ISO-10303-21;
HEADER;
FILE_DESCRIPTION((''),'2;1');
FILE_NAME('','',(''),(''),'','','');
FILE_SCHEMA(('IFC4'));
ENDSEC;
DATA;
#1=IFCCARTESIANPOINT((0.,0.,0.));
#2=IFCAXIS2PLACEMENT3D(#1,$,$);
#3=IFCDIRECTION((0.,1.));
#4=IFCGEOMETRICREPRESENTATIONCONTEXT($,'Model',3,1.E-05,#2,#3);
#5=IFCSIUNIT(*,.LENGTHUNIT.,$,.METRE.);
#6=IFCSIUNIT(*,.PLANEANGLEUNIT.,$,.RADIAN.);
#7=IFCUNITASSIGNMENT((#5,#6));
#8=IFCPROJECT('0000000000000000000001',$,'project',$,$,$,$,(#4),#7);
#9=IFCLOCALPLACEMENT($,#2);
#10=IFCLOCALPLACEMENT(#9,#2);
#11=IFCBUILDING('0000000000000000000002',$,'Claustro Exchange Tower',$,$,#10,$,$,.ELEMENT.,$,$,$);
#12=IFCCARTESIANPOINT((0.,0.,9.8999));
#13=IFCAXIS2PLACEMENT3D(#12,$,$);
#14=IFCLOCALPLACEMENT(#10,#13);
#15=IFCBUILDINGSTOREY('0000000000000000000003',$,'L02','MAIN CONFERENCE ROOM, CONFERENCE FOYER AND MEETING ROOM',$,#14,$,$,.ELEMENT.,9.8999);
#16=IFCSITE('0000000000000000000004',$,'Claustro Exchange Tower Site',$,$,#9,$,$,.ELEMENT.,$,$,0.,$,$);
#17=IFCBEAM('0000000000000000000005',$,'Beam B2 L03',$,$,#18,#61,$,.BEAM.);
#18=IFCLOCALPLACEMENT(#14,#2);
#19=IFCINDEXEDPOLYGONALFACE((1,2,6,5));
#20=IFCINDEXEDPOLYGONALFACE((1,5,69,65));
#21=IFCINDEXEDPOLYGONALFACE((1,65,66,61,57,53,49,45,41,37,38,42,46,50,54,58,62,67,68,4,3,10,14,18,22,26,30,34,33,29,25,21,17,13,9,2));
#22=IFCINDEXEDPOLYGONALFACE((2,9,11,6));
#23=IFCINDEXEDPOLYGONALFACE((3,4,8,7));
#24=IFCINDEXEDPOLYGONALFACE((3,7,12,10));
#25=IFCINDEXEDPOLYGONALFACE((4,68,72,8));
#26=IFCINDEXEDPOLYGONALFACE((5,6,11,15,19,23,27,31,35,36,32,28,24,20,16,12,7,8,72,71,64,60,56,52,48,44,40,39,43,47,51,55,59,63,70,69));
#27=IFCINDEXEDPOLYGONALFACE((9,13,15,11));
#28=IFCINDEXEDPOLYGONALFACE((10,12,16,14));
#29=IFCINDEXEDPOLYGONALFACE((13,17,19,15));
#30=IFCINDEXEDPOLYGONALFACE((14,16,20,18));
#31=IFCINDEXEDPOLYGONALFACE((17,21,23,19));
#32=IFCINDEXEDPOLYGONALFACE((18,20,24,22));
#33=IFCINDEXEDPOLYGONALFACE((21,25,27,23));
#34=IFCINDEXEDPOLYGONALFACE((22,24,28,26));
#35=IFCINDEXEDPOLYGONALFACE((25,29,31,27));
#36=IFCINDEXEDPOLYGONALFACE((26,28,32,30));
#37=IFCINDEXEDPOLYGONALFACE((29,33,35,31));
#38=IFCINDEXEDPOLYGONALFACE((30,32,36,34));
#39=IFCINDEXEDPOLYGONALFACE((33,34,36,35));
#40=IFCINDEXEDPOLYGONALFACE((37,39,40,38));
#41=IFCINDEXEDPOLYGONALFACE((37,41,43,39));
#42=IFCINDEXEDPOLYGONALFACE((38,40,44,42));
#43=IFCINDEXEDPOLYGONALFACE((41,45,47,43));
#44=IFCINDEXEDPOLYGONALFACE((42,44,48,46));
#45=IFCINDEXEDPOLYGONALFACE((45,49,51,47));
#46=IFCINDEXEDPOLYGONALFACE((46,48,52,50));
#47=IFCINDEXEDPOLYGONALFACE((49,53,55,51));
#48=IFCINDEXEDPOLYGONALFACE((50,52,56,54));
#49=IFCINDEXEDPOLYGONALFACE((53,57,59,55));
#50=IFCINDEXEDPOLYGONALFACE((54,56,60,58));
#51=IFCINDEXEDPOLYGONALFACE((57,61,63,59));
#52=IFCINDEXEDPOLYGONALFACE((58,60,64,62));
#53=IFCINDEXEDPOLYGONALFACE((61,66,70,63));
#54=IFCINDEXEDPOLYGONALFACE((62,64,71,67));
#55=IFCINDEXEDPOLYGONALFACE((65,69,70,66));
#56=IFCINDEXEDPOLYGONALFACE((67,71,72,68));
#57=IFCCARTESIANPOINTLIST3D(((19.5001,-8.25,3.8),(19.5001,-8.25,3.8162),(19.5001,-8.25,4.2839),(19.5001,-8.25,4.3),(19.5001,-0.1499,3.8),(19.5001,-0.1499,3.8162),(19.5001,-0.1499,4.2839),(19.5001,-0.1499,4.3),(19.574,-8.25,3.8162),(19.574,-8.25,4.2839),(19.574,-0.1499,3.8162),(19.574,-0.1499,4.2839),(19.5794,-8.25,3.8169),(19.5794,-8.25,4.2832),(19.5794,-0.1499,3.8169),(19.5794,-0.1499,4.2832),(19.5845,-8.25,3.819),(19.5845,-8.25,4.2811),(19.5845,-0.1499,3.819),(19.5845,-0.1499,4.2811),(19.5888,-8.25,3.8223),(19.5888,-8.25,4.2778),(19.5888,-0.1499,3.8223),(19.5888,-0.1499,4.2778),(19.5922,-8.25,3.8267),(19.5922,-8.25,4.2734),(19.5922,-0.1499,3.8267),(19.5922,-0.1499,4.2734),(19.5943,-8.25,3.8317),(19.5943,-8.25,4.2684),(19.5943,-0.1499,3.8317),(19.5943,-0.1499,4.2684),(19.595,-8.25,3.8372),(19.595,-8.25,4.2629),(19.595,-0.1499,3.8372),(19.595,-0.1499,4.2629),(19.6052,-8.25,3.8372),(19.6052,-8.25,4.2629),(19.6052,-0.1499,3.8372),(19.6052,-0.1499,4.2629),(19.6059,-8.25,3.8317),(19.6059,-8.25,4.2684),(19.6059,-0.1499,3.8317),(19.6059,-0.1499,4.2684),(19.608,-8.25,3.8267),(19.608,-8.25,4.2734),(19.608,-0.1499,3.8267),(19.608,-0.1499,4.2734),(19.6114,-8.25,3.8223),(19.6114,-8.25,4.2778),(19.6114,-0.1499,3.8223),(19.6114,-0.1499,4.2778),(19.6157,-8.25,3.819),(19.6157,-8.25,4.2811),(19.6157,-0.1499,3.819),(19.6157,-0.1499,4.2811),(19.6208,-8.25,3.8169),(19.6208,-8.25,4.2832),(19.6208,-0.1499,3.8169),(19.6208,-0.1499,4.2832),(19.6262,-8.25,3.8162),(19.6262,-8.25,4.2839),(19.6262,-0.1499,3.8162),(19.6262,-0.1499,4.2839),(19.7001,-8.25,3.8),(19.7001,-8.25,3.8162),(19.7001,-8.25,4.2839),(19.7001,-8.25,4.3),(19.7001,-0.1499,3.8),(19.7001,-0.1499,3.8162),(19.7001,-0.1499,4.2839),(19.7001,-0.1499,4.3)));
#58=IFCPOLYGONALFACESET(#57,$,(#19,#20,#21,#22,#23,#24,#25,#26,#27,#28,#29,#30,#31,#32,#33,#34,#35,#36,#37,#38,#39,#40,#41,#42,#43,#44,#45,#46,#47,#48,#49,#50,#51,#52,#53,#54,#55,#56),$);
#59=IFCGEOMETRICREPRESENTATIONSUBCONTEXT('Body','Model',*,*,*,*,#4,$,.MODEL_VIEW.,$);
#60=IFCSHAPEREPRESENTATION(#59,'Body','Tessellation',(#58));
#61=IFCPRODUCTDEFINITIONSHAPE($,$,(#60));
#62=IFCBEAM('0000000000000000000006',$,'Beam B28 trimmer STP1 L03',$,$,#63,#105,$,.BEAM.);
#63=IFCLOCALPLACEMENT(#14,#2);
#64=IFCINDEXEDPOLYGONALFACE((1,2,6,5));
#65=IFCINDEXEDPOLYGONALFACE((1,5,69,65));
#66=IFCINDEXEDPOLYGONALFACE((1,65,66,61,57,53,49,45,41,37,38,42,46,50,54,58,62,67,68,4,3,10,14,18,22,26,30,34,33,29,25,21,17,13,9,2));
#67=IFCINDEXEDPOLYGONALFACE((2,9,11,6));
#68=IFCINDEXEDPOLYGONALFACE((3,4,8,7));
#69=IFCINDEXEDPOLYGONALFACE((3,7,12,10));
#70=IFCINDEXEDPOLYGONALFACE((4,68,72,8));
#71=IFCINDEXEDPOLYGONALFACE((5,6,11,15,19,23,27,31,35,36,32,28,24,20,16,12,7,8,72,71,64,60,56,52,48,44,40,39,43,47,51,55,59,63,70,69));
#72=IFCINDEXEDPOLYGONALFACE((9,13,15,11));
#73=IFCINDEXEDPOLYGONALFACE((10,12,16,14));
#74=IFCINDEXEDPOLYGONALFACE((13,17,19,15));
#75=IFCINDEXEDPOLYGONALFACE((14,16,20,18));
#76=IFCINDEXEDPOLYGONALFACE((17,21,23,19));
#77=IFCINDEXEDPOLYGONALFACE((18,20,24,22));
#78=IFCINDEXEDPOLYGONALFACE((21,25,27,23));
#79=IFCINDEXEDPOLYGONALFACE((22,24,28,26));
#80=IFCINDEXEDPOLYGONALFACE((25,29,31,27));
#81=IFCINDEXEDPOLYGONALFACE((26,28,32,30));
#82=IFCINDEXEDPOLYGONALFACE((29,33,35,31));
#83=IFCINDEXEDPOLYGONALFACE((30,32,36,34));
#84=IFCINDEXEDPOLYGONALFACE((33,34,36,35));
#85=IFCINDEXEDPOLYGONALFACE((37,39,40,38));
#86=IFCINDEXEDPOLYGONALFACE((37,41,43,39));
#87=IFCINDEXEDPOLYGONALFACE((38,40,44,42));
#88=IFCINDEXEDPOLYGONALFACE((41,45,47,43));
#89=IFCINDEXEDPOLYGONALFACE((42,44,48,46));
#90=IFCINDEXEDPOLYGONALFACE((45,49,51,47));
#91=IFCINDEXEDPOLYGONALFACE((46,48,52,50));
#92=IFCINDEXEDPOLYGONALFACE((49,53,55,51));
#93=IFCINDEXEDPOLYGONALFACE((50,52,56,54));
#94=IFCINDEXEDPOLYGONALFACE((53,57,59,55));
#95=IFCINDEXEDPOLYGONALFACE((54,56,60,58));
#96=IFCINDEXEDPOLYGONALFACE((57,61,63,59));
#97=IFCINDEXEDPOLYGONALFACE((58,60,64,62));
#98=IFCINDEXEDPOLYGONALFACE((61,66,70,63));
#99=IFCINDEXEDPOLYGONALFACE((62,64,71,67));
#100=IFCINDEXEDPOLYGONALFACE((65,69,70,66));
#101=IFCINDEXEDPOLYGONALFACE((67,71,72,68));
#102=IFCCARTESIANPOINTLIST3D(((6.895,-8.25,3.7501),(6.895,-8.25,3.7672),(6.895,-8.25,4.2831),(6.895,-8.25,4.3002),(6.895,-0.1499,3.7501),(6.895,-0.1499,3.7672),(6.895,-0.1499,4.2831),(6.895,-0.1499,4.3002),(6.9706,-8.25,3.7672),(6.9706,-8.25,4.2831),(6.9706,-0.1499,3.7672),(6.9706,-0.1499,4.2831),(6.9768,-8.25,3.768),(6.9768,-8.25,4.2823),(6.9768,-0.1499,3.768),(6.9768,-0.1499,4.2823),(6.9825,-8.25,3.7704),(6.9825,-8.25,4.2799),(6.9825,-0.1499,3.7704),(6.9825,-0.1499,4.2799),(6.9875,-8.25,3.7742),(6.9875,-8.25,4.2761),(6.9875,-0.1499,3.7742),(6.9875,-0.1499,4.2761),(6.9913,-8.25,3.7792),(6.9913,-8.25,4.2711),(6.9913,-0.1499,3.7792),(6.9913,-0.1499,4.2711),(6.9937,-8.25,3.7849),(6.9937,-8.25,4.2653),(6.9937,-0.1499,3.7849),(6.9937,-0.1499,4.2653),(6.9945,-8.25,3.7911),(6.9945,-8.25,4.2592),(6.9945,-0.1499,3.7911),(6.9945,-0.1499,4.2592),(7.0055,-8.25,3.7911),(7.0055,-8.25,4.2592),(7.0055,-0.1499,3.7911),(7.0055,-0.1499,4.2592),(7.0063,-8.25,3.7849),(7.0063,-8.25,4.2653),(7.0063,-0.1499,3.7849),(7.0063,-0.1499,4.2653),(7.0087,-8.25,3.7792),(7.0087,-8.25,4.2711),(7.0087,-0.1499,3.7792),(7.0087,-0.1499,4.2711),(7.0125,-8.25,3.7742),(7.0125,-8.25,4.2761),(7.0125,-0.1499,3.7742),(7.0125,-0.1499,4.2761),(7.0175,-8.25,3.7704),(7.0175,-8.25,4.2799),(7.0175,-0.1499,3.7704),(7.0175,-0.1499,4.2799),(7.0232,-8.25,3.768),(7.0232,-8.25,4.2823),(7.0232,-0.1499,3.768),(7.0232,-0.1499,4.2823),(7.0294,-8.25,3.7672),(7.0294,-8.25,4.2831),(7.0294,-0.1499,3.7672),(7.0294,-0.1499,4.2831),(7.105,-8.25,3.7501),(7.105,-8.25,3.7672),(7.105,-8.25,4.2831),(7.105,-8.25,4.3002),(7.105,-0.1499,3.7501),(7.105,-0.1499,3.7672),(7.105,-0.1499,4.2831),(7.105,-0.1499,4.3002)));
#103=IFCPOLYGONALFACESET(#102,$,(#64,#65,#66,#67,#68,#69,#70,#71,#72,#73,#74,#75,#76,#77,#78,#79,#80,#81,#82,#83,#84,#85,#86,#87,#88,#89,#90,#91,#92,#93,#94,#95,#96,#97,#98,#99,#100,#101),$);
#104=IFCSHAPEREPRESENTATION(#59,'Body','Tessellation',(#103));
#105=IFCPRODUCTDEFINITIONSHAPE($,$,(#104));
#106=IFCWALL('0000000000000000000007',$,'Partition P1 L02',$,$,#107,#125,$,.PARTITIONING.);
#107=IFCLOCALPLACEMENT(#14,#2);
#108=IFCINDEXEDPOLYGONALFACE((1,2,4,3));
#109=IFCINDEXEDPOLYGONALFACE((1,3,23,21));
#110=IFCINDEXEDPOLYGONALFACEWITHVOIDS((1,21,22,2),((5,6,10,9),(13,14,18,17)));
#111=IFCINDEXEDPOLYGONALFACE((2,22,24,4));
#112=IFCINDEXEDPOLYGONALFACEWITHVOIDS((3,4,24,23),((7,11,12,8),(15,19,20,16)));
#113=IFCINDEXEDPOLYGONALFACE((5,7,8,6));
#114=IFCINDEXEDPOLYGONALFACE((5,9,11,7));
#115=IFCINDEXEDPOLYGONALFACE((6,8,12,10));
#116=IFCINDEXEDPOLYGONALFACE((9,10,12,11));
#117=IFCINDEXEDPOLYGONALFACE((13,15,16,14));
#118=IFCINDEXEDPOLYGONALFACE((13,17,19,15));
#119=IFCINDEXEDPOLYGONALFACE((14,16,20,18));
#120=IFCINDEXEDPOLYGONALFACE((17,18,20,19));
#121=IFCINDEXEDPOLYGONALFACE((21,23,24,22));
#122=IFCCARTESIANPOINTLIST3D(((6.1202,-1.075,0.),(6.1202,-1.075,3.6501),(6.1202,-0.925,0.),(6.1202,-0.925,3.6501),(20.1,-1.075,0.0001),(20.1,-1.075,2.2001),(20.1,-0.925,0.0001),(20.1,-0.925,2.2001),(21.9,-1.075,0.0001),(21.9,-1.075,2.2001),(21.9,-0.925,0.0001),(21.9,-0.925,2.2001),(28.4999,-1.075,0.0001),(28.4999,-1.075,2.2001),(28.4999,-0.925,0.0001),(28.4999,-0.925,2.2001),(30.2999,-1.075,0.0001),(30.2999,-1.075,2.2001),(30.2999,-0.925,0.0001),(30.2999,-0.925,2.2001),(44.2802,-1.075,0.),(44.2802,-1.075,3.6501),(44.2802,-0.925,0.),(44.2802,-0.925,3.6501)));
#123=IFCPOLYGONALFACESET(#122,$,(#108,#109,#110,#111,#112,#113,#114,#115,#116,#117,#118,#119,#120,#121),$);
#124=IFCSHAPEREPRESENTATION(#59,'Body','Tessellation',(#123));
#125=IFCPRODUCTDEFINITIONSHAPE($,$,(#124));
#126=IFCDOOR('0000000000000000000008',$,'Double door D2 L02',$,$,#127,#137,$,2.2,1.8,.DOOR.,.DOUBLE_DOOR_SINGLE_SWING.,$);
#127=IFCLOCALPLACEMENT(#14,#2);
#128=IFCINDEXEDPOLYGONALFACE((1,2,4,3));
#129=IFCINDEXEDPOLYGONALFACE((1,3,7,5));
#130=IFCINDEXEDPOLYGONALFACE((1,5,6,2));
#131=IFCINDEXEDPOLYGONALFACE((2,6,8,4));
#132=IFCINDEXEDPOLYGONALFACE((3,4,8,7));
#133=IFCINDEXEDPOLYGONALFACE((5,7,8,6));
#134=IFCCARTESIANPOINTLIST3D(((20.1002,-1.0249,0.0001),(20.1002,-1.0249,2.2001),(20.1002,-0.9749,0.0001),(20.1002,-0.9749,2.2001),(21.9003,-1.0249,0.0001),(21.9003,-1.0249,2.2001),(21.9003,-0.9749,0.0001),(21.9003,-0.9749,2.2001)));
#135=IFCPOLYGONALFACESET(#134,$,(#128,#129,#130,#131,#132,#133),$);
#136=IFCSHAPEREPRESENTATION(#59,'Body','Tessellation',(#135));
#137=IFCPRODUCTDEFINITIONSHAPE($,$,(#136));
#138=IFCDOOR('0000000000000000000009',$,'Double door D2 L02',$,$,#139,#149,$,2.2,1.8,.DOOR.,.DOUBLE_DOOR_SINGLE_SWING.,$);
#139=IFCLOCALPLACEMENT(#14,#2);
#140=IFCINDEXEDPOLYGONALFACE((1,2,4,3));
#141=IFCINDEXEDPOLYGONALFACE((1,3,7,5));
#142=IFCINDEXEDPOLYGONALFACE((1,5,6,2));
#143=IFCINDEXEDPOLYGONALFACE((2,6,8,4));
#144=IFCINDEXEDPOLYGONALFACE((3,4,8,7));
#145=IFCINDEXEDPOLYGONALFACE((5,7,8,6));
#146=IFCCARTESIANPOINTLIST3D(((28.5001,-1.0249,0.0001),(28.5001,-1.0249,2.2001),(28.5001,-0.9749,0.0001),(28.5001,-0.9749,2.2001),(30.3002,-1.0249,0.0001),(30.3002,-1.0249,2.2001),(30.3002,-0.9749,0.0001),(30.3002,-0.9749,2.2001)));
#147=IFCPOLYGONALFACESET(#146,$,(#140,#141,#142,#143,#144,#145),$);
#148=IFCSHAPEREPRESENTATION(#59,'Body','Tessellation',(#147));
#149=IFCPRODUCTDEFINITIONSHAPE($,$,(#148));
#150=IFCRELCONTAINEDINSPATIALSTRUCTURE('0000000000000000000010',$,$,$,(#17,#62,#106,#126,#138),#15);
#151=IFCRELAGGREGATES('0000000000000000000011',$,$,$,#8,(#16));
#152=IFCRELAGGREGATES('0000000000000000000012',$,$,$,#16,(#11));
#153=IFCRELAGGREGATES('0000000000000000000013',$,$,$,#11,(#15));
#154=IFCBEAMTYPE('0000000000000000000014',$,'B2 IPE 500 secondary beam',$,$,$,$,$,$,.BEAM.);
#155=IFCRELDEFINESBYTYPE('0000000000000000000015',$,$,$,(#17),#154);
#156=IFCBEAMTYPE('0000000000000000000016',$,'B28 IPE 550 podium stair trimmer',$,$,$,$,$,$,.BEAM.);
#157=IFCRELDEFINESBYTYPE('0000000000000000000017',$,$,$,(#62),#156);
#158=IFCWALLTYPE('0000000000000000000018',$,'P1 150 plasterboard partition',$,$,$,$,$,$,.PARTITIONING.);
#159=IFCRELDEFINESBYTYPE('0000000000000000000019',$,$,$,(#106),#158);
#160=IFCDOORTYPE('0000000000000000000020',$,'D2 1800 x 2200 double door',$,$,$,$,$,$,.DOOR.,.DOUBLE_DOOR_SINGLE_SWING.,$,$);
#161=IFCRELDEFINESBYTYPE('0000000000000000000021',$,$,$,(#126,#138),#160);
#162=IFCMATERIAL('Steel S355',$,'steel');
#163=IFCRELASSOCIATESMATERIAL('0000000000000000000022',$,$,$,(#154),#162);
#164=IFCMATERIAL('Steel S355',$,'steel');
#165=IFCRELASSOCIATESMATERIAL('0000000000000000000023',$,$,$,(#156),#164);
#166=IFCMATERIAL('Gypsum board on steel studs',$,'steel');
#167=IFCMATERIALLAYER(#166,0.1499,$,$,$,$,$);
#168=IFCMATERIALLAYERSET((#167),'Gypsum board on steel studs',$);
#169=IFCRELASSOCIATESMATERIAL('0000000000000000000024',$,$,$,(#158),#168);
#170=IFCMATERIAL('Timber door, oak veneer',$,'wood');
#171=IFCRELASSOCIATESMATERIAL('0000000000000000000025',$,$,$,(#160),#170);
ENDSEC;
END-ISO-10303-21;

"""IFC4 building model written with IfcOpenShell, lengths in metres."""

from ifc_helpers import new_model, si_unit, direction, frame, frame_2d, origin, origin_2d, place, context, subcontext, project, spatial, rectangle, i_section, extrude, material, layer, layer_set, material_profile, profile_set, type_object, element, fill, save


model = new_model("IFC4")

# Units and contexts
model_context = context("Model", 3, precision=1e-05, world=origin(), true_north=direction((0.0, 1.0)))
body_context = subcontext(model_context, "Body", "Model", "MODEL_VIEW")
ifc_project = project(units=[si_unit("LENGTHUNIT", "METRE"), si_unit("PLANEANGLEUNIT", "RADIAN")], contexts=[model_context])

# Site, building, storey
site_placement = place(None, origin())
site = spatial("IfcSite", under=ifc_project, at=site_placement, Name="Claustro Exchange Tower Site", CompositionType="ELEMENT", RefElevation=0.0)
building_placement = place(site_placement, origin())
building = spatial("IfcBuilding", under=site, at=building_placement, Name="Claustro Exchange Tower", CompositionType="ELEMENT")
storey_placement = place(building_placement, frame((0.0, 0.0, 9.8999)))
storey = spatial("IfcBuildingStorey", under=building, at=storey_placement, Name="L02", Description="MAIN CONFERENCE ROOM, CONFERENCE FOYER AND MEETING ROOM", CompositionType="ELEMENT", Elevation=9.8999)

# Beams
ifc_material_1 = material(Name="Steel S355", Category="steel")
ifc_material_profile_1 = material_profile(ifc_material_1, i_section(OverallWidth=0.2, OverallDepth=0.5, WebThickness=0.0103, FlangeThickness=0.0161, FilletRadius=0.021, at=origin_2d()), Name="IPE 500")
ifc_profile_set_1 = profile_set([ifc_material_profile_1], Name="Steel S355")
beam_type_1 = type_object("IfcBeamType", Name="B2 IPE 500 secondary beam", PredefinedType="BEAM", material=ifc_profile_set_1)
for number, where, z_axis, x_axis, name in (
    (1, (19.6001, -8.25, 4.05), (0.0, 1.0, 0.0), (-1.0, 0.0, 0.0), "Beam B2 L03"),
):
    element("IfcBeam", number, at=place(storey_placement, frame(where, z_axis=z_axis, x_axis=x_axis)), inside=storey, type_object=beam_type_1, Name=name, PredefinedType="BEAM", context=body_context, shape_type="SweptSolid", body=[
        extrude(i_section(OverallWidth=0.2, OverallDepth=0.5, WebThickness=0.0103, FlangeThickness=0.0161, FilletRadius=0.021, at=origin_2d()), origin(), (0.0, 0.0, 1.0), 8.1001),
    ])
ifc_material_2 = material(Name="Steel S355", Category="steel")
ifc_material_profile_2 = material_profile(ifc_material_2, i_section(OverallWidth=0.21, OverallDepth=0.55, WebThickness=0.011, FlangeThickness=0.0171, FilletRadius=0.0239, at=origin_2d()), Name="IPE 550")
ifc_profile_set_2 = profile_set([ifc_material_profile_2], Name="Steel S355")
beam_type_2 = type_object("IfcBeamType", Name="B28 IPE 550 podium stair trimmer", PredefinedType="BEAM", material=ifc_profile_set_2)
beam_1_placement = place(storey_placement, frame((7.0, -8.25, 4.0251), z_axis=(0.0, 1.0, 0.0), x_axis=(-1.0, 0.0, 0.0)))
element("IfcBeam", 2, at=beam_1_placement, inside=storey, type_object=beam_type_2, Name="Beam B28 trimmer STP1 L03", PredefinedType="BEAM", context=body_context, shape_type="SweptSolid", body=[
    extrude(i_section(OverallWidth=0.21, OverallDepth=0.55, WebThickness=0.011, FlangeThickness=0.0171, FilletRadius=0.0239, at=origin_2d()), origin(), (0.0, 0.0, 1.0), 8.1001),
])

# Wall, openings, doors
ifc_material_3 = material(Name="Gypsum board on steel studs", Category="steel")
ifc_layer_1 = layer(ifc_material_3, 0.1499)
ifc_layer_set_1 = layer_set([ifc_layer_1], Name="Gypsum board on steel studs")
wall_type_1 = type_object("IfcWallType", Name="P1 150 plasterboard partition", PredefinedType="PARTITIONING", material=ifc_layer_set_1)
wall_1_placement = place(storey_placement, frame((6.1201, -1.0, 0.0), z_axis=(0.0, 0.0, 1.0), x_axis=(1.0, 0.0, 0.0)))
wall_1 = element("IfcWall", 3, at=wall_1_placement, inside=storey, type_object=wall_type_1, Name="Partition P1 L02", PredefinedType="PARTITIONING", context=body_context, shape_type="SweptSolid", body=[
    extrude(rectangle(XDim=38.1599, YDim=0.1499, at=frame_2d((19.0801, 0.0))), origin(), (0.0, 0.0, 1.0), 3.6501),
])
opening_1_placement = place(wall_1_placement, frame((13.98, 0.0, 0.0)))
opening_1 = element("IfcOpeningElement", 4, at=opening_1_placement, cuts=wall_1, PredefinedType="OPENING", context=body_context, shape_type="SweptSolid", body=[
    extrude(rectangle(XDim=1.8, YDim=2.2, at=frame_2d((0.8999, 1.1001))), frame((0.0, 0.085, 0.0), z_axis=(0.0, -1.0, 0.0), x_axis=(1.0, 0.0, 0.0)), (0.0, 0.0, 1.0), 0.1699),
])
opening_2_placement = place(wall_1_placement, frame((22.3799, 0.0, 0.0)))
opening_2 = element("IfcOpeningElement", 5, at=opening_2_placement, cuts=wall_1, PredefinedType="OPENING", context=body_context, shape_type="SweptSolid", body=[
    extrude(rectangle(XDim=1.8, YDim=2.2, at=frame_2d((0.8999, 1.1001))), frame((0.0, 0.085, 0.0), z_axis=(0.0, -1.0, 0.0), x_axis=(1.0, 0.0, 0.0)), (0.0, 0.0, 1.0), 0.1699),
])
ifc_material_4 = material(Name="Timber door, oak veneer", Category="wood")
door_type_1 = type_object("IfcDoorType", Name="D2 1800 x 2200 double door", OperationType="DOUBLE_DOOR_SINGLE_SWING", PredefinedType="DOOR", material=ifc_material_4)
door_1_placement = place(opening_1_placement, frame((1.8, 0.0, 0.0), z_axis=(0.0, 0.0, 1.0), x_axis=(-1.0, 0.0, 0.0)))
door_1 = element("IfcDoor", 6, at=door_1_placement, inside=storey, type_object=door_type_1, Name="Double door D2 L02", OperationType="DOUBLE_DOOR_SINGLE_SWING", OverallHeight=2.2, OverallWidth=1.8, PredefinedType="DOOR", context=body_context, shape_type="SweptSolid", body=[
    extrude(rectangle(XDim=1.8, YDim=2.2, at=frame_2d((0.8999, 1.1001))), frame((0.0, 0.0249, 0.0), z_axis=(0.0, -1.0, 0.0), x_axis=(1.0, 0.0, 0.0)), (0.0, 0.0, 1.0), 0.05),
])
fill(opening_1, door_1)
door_2_placement = place(opening_2_placement, frame((1.8, 0.0, 0.0), z_axis=(0.0, 0.0, 1.0), x_axis=(-1.0, 0.0, 0.0)))
door_2 = element("IfcDoor", 7, at=door_2_placement, inside=storey, type_object=door_type_1, Name="Double door D2 L02", OperationType="DOUBLE_DOOR_SINGLE_SWING", OverallHeight=2.2, OverallWidth=1.8, PredefinedType="DOOR", context=body_context, shape_type="SweptSolid", body=[
    extrude(rectangle(XDim=1.8, YDim=2.2, at=frame_2d((0.8999, 1.1001))), frame((0.0, 0.0249, 0.0), z_axis=(0.0, -1.0, 0.0), x_axis=(1.0, 0.0, 0.0)), (0.0, 0.0, 1.0), 0.05),
])
fill(opening_2, door_2)

save(model, "model.ifc")
